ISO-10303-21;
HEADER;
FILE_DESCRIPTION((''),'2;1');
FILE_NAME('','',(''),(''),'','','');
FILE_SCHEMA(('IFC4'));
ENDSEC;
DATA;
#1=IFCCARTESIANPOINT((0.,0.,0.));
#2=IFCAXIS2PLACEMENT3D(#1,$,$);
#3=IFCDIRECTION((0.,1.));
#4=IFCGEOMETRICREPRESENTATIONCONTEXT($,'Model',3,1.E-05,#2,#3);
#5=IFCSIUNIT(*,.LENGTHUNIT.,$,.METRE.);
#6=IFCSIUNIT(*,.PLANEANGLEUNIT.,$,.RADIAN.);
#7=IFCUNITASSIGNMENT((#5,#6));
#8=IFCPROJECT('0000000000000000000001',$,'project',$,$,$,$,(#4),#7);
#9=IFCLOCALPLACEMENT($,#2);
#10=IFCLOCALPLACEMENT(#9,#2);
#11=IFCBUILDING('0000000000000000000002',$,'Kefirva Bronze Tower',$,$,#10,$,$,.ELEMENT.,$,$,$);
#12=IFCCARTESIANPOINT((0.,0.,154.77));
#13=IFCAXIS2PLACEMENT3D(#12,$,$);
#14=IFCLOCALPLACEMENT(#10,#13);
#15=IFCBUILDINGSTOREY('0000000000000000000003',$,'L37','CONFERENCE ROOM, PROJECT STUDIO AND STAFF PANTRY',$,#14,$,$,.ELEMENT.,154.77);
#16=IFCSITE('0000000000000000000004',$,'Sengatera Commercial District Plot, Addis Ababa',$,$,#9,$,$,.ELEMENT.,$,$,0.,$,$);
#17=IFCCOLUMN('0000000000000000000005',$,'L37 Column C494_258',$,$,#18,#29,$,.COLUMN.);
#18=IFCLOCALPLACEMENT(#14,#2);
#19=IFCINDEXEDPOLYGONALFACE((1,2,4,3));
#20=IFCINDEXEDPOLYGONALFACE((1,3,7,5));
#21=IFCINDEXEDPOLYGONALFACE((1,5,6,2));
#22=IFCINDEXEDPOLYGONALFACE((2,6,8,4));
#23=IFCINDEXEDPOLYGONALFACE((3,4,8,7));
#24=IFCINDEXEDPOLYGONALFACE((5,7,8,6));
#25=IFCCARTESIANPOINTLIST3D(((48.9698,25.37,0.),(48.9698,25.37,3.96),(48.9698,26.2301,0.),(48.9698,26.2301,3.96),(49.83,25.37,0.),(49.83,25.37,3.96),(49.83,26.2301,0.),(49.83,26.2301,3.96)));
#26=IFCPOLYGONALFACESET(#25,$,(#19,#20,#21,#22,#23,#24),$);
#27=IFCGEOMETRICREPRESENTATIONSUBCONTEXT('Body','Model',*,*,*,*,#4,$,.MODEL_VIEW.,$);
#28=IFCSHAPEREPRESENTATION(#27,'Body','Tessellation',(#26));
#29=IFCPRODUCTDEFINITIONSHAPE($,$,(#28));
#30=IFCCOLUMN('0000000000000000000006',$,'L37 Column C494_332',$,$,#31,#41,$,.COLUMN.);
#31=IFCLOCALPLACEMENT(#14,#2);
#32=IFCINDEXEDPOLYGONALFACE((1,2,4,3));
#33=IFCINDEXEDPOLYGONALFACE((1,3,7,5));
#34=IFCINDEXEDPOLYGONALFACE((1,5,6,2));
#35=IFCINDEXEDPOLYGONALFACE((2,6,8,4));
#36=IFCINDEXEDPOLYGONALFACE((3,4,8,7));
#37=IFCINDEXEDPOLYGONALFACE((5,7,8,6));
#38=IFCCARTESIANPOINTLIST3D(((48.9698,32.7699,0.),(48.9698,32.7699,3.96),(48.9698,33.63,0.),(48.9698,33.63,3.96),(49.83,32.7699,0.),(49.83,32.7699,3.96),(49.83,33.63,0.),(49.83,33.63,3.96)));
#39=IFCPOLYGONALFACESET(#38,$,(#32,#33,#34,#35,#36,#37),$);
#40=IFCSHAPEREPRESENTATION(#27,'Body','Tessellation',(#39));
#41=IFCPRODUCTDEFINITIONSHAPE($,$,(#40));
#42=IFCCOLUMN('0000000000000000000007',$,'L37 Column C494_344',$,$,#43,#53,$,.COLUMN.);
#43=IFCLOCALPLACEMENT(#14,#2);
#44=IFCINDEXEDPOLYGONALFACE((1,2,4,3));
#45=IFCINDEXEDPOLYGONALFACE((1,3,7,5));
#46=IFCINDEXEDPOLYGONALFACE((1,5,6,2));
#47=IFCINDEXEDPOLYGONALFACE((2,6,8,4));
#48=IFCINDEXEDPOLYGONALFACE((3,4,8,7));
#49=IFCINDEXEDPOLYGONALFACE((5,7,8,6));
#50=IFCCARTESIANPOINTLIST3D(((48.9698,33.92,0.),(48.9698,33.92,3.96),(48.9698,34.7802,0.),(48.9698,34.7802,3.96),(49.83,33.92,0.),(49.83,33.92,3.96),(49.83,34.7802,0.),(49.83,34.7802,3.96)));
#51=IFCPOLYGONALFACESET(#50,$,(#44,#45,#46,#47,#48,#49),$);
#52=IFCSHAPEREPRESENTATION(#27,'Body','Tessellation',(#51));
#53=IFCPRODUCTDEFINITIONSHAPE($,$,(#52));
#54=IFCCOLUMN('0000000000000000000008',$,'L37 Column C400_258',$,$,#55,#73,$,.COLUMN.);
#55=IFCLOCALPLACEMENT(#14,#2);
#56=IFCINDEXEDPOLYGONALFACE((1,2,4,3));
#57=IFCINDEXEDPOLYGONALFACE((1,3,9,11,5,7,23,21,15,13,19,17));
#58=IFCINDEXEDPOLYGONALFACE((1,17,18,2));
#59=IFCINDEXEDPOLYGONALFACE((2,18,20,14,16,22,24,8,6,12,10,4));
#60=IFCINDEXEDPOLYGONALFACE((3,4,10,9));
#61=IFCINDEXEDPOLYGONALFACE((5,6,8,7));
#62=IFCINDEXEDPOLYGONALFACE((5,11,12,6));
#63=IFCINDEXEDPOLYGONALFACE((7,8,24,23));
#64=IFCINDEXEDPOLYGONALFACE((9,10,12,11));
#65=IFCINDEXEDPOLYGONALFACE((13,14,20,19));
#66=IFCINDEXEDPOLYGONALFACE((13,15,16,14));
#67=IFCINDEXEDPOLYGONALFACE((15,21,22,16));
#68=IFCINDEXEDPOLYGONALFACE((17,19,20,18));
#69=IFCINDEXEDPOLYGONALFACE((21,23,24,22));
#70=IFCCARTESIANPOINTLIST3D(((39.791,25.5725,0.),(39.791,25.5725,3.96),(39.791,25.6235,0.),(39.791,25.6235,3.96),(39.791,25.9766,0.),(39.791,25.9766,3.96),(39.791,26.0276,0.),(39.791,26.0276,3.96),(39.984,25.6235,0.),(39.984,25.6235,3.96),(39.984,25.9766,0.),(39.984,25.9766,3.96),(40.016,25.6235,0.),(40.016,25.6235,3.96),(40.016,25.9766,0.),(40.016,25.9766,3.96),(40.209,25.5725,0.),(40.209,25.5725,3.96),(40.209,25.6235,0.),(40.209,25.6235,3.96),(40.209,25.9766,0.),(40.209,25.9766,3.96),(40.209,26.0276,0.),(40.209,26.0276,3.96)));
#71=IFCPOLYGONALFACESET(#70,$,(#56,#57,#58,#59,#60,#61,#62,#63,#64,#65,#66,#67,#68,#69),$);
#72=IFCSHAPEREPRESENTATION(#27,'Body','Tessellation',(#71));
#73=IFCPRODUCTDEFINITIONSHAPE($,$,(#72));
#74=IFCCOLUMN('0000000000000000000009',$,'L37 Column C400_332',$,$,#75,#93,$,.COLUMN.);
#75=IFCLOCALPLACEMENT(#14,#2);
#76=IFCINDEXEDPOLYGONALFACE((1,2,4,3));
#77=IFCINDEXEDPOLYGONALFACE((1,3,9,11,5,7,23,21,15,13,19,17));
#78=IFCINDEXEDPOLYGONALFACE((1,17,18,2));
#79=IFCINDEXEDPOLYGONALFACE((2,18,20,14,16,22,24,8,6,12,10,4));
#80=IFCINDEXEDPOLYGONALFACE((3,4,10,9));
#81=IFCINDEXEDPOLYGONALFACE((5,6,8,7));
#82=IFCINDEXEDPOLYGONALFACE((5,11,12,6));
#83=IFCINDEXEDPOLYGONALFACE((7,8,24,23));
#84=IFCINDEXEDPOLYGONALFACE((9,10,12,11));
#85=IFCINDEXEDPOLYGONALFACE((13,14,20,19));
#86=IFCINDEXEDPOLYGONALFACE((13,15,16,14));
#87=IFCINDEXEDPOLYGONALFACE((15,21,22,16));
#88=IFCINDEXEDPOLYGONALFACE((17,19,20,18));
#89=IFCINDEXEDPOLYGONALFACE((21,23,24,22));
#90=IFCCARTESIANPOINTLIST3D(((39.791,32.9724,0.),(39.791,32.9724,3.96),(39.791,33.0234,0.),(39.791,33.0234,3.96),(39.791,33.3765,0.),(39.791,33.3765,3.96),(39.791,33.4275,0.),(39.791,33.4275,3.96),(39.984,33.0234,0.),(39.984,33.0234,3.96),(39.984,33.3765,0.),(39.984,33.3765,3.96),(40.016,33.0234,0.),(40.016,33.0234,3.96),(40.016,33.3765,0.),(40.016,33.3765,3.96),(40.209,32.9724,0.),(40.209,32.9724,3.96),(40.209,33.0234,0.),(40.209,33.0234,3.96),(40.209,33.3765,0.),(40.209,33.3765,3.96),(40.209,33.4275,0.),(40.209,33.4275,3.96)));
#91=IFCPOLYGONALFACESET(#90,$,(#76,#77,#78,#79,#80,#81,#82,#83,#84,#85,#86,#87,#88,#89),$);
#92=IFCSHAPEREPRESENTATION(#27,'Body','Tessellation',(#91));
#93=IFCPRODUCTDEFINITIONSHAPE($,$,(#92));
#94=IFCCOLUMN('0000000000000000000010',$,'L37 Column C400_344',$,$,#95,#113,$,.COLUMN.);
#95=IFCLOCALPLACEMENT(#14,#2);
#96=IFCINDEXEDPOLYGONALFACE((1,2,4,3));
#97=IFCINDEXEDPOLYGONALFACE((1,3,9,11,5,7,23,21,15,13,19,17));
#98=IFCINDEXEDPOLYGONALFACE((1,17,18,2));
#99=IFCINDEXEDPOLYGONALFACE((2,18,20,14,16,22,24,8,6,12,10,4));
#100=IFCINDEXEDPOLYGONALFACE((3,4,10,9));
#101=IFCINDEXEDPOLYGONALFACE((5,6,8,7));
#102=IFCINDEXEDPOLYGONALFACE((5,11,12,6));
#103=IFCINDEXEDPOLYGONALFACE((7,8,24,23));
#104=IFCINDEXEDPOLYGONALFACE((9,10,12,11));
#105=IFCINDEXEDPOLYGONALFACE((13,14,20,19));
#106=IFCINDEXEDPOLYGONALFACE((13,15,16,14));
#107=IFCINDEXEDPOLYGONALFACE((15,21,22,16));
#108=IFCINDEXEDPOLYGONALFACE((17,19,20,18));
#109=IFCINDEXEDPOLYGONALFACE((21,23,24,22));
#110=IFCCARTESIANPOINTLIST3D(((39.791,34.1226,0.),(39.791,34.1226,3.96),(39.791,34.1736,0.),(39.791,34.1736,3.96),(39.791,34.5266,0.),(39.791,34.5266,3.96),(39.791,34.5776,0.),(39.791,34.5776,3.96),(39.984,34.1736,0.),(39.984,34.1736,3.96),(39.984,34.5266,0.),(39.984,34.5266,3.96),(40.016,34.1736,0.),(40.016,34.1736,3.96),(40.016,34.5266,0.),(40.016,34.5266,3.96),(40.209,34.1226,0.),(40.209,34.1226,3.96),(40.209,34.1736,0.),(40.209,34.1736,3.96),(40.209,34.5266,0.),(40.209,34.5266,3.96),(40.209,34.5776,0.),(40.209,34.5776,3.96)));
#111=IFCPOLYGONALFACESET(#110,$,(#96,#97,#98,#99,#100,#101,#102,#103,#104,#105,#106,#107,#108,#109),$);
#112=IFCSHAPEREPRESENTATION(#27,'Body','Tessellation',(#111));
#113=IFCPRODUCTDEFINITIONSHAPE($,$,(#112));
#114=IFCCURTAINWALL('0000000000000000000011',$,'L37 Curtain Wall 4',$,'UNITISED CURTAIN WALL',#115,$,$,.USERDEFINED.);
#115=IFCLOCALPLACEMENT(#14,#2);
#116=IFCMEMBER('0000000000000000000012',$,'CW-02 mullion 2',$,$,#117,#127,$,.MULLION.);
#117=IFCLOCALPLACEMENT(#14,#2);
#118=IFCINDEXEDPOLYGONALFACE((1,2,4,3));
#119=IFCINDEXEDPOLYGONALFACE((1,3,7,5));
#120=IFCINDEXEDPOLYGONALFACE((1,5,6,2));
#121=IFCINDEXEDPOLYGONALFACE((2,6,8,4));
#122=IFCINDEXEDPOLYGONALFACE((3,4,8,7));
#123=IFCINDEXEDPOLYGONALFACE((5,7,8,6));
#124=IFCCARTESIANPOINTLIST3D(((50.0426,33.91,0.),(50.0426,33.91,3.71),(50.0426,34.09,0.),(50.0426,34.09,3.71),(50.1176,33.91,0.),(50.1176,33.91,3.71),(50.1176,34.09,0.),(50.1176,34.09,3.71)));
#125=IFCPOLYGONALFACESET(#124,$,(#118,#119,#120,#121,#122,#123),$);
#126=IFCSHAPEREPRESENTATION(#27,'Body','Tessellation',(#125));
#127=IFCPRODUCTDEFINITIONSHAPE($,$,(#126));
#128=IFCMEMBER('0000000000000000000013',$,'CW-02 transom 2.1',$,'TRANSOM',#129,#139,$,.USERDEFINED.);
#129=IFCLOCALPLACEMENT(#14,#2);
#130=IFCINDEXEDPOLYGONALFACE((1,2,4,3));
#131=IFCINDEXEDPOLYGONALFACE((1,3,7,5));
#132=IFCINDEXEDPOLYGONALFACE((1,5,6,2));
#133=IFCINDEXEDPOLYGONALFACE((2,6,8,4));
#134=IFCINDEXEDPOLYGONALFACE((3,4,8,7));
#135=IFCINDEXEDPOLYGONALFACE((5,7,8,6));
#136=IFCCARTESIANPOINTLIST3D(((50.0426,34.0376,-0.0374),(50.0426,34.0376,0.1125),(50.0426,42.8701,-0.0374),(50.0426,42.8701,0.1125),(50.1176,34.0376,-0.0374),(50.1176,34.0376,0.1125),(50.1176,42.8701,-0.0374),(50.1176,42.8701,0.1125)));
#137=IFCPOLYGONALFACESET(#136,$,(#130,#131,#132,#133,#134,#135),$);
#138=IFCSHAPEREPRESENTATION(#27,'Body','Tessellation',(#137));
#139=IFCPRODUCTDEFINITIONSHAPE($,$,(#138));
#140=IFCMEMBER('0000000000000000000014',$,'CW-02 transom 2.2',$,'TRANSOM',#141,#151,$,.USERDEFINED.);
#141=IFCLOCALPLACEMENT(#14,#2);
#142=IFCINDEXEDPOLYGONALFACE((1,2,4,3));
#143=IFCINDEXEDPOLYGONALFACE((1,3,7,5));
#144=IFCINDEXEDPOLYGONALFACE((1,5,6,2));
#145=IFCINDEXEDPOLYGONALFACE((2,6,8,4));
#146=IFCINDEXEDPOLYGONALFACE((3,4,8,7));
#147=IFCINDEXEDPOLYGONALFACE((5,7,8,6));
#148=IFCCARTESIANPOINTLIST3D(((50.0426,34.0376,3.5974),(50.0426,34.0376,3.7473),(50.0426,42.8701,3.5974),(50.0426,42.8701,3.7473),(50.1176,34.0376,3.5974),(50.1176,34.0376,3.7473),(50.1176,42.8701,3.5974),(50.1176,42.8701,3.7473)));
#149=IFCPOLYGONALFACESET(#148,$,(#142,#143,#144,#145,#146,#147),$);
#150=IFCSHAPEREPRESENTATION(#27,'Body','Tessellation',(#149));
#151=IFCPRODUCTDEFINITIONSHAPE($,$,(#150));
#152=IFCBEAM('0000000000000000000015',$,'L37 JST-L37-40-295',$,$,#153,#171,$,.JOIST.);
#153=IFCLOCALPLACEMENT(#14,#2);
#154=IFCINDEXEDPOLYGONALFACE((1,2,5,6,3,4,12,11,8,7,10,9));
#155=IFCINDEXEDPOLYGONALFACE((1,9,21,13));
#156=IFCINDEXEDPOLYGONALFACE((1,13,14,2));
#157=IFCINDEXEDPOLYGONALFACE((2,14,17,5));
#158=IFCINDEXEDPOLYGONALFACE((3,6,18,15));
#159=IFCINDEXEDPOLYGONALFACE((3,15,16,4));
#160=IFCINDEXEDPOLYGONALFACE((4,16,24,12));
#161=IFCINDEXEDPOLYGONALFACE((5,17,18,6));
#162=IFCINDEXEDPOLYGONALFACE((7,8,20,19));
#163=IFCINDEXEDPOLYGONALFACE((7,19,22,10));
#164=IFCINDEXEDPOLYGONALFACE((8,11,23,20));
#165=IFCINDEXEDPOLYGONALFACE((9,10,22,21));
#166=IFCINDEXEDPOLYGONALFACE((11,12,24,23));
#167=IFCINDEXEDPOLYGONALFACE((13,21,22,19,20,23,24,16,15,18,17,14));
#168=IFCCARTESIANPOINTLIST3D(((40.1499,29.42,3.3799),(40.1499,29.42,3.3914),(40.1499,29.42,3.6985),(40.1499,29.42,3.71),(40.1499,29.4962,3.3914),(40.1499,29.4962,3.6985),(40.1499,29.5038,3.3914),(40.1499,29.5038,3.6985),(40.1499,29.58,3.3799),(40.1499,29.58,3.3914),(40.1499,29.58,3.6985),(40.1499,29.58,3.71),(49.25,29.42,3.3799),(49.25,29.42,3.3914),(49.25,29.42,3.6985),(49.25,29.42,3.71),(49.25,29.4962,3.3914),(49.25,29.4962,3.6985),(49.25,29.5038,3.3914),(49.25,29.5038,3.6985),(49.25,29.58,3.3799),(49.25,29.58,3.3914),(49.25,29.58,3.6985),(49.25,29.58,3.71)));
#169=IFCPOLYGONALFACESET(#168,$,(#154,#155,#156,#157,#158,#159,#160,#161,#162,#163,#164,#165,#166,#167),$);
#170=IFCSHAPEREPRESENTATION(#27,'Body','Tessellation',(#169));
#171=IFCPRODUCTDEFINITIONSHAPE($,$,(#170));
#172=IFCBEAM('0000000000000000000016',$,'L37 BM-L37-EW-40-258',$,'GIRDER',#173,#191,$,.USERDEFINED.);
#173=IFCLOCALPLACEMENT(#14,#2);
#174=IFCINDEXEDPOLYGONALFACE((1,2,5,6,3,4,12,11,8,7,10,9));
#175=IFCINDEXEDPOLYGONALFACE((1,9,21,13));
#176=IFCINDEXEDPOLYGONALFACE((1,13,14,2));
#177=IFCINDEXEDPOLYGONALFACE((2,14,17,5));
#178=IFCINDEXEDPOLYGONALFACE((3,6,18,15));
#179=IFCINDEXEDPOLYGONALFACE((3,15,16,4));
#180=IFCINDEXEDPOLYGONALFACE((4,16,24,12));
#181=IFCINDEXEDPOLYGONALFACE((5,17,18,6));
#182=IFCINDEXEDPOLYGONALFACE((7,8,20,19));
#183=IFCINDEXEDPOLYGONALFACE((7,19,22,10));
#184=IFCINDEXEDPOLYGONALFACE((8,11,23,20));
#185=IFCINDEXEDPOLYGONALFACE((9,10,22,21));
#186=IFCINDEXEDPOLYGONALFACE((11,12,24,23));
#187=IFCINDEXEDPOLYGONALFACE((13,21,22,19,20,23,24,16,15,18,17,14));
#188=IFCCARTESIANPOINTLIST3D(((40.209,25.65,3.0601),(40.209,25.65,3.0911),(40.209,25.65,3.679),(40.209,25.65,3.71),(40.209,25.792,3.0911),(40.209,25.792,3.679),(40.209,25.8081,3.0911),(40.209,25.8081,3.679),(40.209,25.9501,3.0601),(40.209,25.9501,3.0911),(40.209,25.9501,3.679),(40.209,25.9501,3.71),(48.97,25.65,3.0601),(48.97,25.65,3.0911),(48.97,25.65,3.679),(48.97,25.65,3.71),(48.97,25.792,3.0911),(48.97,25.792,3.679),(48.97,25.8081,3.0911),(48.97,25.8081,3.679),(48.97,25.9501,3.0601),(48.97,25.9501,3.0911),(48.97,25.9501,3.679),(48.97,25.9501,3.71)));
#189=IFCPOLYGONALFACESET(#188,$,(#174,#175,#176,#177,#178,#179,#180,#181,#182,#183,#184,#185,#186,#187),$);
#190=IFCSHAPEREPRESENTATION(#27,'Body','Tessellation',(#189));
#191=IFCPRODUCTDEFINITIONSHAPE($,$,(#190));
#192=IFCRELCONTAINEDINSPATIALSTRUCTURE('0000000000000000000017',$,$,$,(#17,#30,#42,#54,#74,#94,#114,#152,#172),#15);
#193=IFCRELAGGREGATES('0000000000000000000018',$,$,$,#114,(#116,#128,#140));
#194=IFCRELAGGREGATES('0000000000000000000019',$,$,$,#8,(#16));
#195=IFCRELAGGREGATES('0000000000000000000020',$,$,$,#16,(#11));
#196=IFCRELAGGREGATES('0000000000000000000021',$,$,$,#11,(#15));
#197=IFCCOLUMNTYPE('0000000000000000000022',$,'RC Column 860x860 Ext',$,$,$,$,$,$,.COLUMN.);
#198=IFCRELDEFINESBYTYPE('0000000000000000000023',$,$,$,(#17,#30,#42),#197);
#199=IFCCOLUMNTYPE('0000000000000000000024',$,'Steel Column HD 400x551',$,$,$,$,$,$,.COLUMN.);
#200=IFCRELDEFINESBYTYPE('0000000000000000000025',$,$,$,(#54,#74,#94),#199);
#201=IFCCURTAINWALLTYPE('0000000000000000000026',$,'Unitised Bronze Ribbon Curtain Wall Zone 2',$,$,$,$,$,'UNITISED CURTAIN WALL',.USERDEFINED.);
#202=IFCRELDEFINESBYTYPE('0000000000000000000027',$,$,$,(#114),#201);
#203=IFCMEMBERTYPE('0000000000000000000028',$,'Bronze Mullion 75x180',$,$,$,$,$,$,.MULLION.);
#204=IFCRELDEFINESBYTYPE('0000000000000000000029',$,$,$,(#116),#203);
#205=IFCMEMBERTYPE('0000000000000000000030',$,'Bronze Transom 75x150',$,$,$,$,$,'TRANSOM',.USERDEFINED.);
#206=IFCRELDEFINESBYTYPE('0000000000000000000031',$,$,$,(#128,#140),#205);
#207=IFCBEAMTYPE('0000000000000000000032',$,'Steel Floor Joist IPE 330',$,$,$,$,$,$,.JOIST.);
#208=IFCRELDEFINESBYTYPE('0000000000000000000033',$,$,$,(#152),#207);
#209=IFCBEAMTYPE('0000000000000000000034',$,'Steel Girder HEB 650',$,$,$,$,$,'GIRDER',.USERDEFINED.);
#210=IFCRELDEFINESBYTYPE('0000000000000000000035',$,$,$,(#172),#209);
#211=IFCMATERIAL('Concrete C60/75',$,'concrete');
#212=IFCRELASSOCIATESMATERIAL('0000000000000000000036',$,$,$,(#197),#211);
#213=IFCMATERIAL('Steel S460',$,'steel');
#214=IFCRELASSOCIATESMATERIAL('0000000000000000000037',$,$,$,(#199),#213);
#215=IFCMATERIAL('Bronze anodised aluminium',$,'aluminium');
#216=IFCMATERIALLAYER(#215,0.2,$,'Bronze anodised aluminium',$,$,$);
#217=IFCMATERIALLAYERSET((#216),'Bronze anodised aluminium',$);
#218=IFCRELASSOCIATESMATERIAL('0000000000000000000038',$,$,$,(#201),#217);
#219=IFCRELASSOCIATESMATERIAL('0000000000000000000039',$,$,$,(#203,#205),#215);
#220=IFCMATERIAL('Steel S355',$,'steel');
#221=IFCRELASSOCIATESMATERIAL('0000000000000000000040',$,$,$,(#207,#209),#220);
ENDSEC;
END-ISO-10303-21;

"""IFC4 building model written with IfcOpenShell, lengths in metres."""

from ifc_helpers import new_model, si_unit, direction, frame, origin, origin_2d, place, context, subcontext, project, spatial, rectangle, i_section, extrude, material, layer, layer_set, material_profile, profile_set, type_object, element, aggregate, save


model = new_model("IFC4")

# Units and contexts
model_context = context("Model", 3, precision=1e-05, world=origin(), true_north=direction((0.0, 1.0)))
body_context = subcontext(model_context, "Body", "Model", "MODEL_VIEW")
ifc_project = project(units=[si_unit("LENGTHUNIT", "METRE"), si_unit("PLANEANGLEUNIT", "RADIAN")], contexts=[model_context])

# Site, building, storey
site_placement = place(None, origin())
site = spatial("IfcSite", under=ifc_project, at=site_placement, Name="Sengatera Commercial District Plot, Addis Ababa", CompositionType="ELEMENT", RefElevation=0.0)
building_placement = place(site_placement, origin())
building = spatial("IfcBuilding", under=site, at=building_placement, Name="Kefirva Bronze Tower", CompositionType="ELEMENT")
storey_placement = place(building_placement, frame((0.0, 0.0, 154.77)))
storey = spatial("IfcBuildingStorey", under=building, at=storey_placement, Name="L37", Description="CONFERENCE ROOM, PROJECT STUDIO AND STAFF PANTRY", CompositionType="ELEMENT", Elevation=154.77)

# Columns
ifc_material_1 = material(Name="Concrete C60/75", Category="concrete")
ifc_material_profile_1 = material_profile(ifc_material_1, rectangle(XDim=0.8601, YDim=0.8601, at=origin_2d()), Name="RC 860x860")
ifc_profile_set_1 = profile_set([ifc_material_profile_1], Name="Concrete C60/75")
column_type_1 = type_object("IfcColumnType", Name="RC Column 860x860 Ext", PredefinedType="COLUMN", material=ifc_profile_set_1)
for number, where, z_axis, x_axis, name in (
    (1, (49.3999, 25.8, 0.0), (0.0, 0.0, 1.0), (1.0, 0.0, 0.0), "L37 Column C494_258"),
    (2, (49.3999, 33.2, 0.0), (0.0, 0.0, 1.0), (1.0, 0.0, 0.0), "L37 Column C494_332"),
    (3, (49.3999, 34.3501, 0.0), (0.0, 0.0, 1.0), (1.0, 0.0, 0.0), "L37 Column C494_344"),
):
    element("IfcColumn", number, at=place(storey_placement, frame(where, z_axis=z_axis, x_axis=x_axis)), inside=storey, type_object=column_type_1, Name=name, PredefinedType="COLUMN", context=body_context, shape_type="SweptSolid", body=[
        extrude(rectangle(XDim=0.8601, YDim=0.8601, at=origin_2d()), origin(), (0.0, 0.0, 1.0), 3.96),
    ])
ifc_material_2 = material(Name="Steel S460", Category="steel")
ifc_material_profile_2 = material_profile(ifc_material_2, i_section(OverallWidth=0.418, OverallDepth=0.4551, WebThickness=0.032, FlangeThickness=0.051, at=origin_2d()), Name="HD 400x551")
ifc_profile_set_2 = profile_set([ifc_material_profile_2], Name="Steel S460")
column_type_2 = type_object("IfcColumnType", Name="Steel Column HD 400x551", PredefinedType="COLUMN", material=ifc_profile_set_2)
for number, where, z_axis, x_axis, name in (
    (4, (40.0, 25.8, 0.0), (0.0, 0.0, 1.0), (1.0, 0.0, 0.0), "L37 Column C400_258"),
    (5, (40.0, 33.2, 0.0), (0.0, 0.0, 1.0), (1.0, 0.0, 0.0), "L37 Column C400_332"),
    (6, (40.0, 34.3501, 0.0), (0.0, 0.0, 1.0), (1.0, 0.0, 0.0), "L37 Column C400_344"),
):
    element("IfcColumn", number, at=place(storey_placement, frame(where, z_axis=z_axis, x_axis=x_axis)), inside=storey, type_object=column_type_2, Name=name, PredefinedType="COLUMN", context=body_context, shape_type="SweptSolid", body=[
        extrude(i_section(OverallWidth=0.418, OverallDepth=0.4551, WebThickness=0.032, FlangeThickness=0.051, at=origin_2d()), origin(), (0.0, 0.0, 1.0), 3.96),
    ])

# Curtain wall, members
ifc_material_3 = material(Name="Bronze anodised aluminium", Category="aluminium")
ifc_layer_1 = layer(ifc_material_3, 0.2, Name="Bronze anodised aluminium")
ifc_layer_set_1 = layer_set([ifc_layer_1], Name="Bronze anodised aluminium")
curtain_wall_type = type_object("IfcCurtainWallType", Name="Unitised Bronze Ribbon Curtain Wall Zone 2", ElementType="UNITISED CURTAIN WALL", PredefinedType="USERDEFINED", material=ifc_layer_set_1)
curtain_wall_placement = place(storey_placement, origin())
curtain_wall = element("IfcCurtainWall", 7, at=curtain_wall_placement, inside=storey, type_object=curtain_wall_type, Name="L37 Curtain Wall 4", ObjectType="UNITISED CURTAIN WALL", PredefinedType="USERDEFINED")
ifc_material_profile_3 = material_profile(ifc_material_3, rectangle(XDim=0.075, YDim=0.1799, at=origin_2d()), Name="ALU 75x180")
ifc_profile_set_3 = profile_set([ifc_material_profile_3], Name="Bronze anodised aluminium")
member_type_1 = type_object("IfcMemberType", Name="Bronze Mullion 75x180", PredefinedType="MULLION", material=ifc_profile_set_3)
member_1_placement = place(storey_placement, frame((50.0801, 34.0, 0.0), z_axis=(0.0, 0.0, 1.0), x_axis=(-1.0, 0.0, 0.0)))
member_1 = element("IfcMember", 8, at=member_1_placement, type_object=member_type_1, Name="CW-02 mullion 2", PredefinedType="MULLION", context=body_context, shape_type="SweptSolid", body=[
    extrude(rectangle(XDim=0.075, YDim=0.1799, at=origin_2d()), origin(), (0.0, 0.0, 1.0), 3.71),
])
ifc_material_profile_4 = material_profile(ifc_material_3, rectangle(XDim=0.075, YDim=0.1499, at=origin_2d()), Name="ALU 75x150")
ifc_profile_set_4 = profile_set([ifc_material_profile_4], Name="Bronze anodised aluminium")
member_type_2 = type_object("IfcMemberType", Name="Bronze Transom 75x150", ElementType="TRANSOM", PredefinedType="USERDEFINED", material=ifc_profile_set_4)
member_2_placement = place(storey_placement, frame((50.0801, 34.0376, 0.0376), z_axis=(0.0, 1.0, 0.0), x_axis=(-1.0, 0.0, 0.0)))
member_2 = element("IfcMember", 9, at=member_2_placement, type_object=member_type_2, Name="CW-02 transom 2.1", ObjectType="TRANSOM", PredefinedType="USERDEFINED", context=body_context, shape_type="SweptSolid", body=[
    extrude(rectangle(XDim=0.075, YDim=0.1499, at=origin_2d()), origin(), (0.0, 0.0, 1.0), 8.8325),
])
member_3_placement = place(storey_placement, frame((50.0801, 34.0376, 3.6724), z_axis=(0.0, 1.0, 0.0), x_axis=(-1.0, 0.0, 0.0)))
member_3 = element("IfcMember", 10, at=member_3_placement, type_object=member_type_2, Name="CW-02 transom 2.2", ObjectType="TRANSOM", PredefinedType="USERDEFINED", context=body_context, shape_type="SweptSolid", body=[
    extrude(rectangle(XDim=0.075, YDim=0.1499, at=origin_2d()), origin(), (0.0, 0.0, 1.0), 8.8325),
])

# Beams
ifc_material_4 = material(Name="Steel S355", Category="steel")
ifc_material_profile_5 = material_profile(ifc_material_4, i_section(OverallWidth=0.1599, OverallDepth=0.3301, WebThickness=0.0076, FlangeThickness=0.0115, at=origin_2d()), Name="IPE 330")
ifc_profile_set_5 = profile_set([ifc_material_profile_5], Name="Steel S355")
beam_type_1 = type_object("IfcBeamType", Name="Steel Floor Joist IPE 330", PredefinedType="JOIST", material=ifc_profile_set_5)
beam_1_placement = place(storey_placement, frame((40.1499, 29.5, 3.5449), z_axis=(1.0, 0.0, 0.0), x_axis=(0.0, 1.0, 0.0)))
element("IfcBeam", 11, at=beam_1_placement, inside=storey, type_object=beam_type_1, Name="L37 JST-L37-40-295", PredefinedType="JOIST", context=body_context, shape_type="SweptSolid", body=[
    extrude(i_section(OverallWidth=0.1599, OverallDepth=0.3301, WebThickness=0.0076, FlangeThickness=0.0115, at=origin_2d()), origin(), (0.0, 0.0, 1.0), 9.1001),
])
ifc_material_profile_6 = material_profile(ifc_material_4, i_section(OverallWidth=0.3, OverallDepth=0.6499, WebThickness=0.0161, FlangeThickness=0.031, at=origin_2d()), Name="HEB 650")
ifc_profile_set_6 = profile_set([ifc_material_profile_6], Name="Steel S355")
beam_type_2 = type_object("IfcBeamType", Name="Steel Girder HEB 650", ElementType="GIRDER", PredefinedType="USERDEFINED", material=ifc_profile_set_6)
beam_2_placement = place(storey_placement, frame((40.209, 25.8, 3.385), z_axis=(1.0, 0.0, 0.0), x_axis=(0.0, 1.0, 0.0)))
element("IfcBeam", 12, at=beam_2_placement, inside=storey, type_object=beam_type_2, Name="L37 BM-L37-EW-40-258", ObjectType="GIRDER", PredefinedType="USERDEFINED", context=body_context, shape_type="SweptSolid", body=[
    extrude(i_section(OverallWidth=0.3, OverallDepth=0.6499, WebThickness=0.0161, FlangeThickness=0.031, at=origin_2d()), origin(), (0.0, 0.0, 1.0), 8.761),
])

aggregate(curtain_wall, [member_1, member_2, member_3])

save(model, "model.ifc")
